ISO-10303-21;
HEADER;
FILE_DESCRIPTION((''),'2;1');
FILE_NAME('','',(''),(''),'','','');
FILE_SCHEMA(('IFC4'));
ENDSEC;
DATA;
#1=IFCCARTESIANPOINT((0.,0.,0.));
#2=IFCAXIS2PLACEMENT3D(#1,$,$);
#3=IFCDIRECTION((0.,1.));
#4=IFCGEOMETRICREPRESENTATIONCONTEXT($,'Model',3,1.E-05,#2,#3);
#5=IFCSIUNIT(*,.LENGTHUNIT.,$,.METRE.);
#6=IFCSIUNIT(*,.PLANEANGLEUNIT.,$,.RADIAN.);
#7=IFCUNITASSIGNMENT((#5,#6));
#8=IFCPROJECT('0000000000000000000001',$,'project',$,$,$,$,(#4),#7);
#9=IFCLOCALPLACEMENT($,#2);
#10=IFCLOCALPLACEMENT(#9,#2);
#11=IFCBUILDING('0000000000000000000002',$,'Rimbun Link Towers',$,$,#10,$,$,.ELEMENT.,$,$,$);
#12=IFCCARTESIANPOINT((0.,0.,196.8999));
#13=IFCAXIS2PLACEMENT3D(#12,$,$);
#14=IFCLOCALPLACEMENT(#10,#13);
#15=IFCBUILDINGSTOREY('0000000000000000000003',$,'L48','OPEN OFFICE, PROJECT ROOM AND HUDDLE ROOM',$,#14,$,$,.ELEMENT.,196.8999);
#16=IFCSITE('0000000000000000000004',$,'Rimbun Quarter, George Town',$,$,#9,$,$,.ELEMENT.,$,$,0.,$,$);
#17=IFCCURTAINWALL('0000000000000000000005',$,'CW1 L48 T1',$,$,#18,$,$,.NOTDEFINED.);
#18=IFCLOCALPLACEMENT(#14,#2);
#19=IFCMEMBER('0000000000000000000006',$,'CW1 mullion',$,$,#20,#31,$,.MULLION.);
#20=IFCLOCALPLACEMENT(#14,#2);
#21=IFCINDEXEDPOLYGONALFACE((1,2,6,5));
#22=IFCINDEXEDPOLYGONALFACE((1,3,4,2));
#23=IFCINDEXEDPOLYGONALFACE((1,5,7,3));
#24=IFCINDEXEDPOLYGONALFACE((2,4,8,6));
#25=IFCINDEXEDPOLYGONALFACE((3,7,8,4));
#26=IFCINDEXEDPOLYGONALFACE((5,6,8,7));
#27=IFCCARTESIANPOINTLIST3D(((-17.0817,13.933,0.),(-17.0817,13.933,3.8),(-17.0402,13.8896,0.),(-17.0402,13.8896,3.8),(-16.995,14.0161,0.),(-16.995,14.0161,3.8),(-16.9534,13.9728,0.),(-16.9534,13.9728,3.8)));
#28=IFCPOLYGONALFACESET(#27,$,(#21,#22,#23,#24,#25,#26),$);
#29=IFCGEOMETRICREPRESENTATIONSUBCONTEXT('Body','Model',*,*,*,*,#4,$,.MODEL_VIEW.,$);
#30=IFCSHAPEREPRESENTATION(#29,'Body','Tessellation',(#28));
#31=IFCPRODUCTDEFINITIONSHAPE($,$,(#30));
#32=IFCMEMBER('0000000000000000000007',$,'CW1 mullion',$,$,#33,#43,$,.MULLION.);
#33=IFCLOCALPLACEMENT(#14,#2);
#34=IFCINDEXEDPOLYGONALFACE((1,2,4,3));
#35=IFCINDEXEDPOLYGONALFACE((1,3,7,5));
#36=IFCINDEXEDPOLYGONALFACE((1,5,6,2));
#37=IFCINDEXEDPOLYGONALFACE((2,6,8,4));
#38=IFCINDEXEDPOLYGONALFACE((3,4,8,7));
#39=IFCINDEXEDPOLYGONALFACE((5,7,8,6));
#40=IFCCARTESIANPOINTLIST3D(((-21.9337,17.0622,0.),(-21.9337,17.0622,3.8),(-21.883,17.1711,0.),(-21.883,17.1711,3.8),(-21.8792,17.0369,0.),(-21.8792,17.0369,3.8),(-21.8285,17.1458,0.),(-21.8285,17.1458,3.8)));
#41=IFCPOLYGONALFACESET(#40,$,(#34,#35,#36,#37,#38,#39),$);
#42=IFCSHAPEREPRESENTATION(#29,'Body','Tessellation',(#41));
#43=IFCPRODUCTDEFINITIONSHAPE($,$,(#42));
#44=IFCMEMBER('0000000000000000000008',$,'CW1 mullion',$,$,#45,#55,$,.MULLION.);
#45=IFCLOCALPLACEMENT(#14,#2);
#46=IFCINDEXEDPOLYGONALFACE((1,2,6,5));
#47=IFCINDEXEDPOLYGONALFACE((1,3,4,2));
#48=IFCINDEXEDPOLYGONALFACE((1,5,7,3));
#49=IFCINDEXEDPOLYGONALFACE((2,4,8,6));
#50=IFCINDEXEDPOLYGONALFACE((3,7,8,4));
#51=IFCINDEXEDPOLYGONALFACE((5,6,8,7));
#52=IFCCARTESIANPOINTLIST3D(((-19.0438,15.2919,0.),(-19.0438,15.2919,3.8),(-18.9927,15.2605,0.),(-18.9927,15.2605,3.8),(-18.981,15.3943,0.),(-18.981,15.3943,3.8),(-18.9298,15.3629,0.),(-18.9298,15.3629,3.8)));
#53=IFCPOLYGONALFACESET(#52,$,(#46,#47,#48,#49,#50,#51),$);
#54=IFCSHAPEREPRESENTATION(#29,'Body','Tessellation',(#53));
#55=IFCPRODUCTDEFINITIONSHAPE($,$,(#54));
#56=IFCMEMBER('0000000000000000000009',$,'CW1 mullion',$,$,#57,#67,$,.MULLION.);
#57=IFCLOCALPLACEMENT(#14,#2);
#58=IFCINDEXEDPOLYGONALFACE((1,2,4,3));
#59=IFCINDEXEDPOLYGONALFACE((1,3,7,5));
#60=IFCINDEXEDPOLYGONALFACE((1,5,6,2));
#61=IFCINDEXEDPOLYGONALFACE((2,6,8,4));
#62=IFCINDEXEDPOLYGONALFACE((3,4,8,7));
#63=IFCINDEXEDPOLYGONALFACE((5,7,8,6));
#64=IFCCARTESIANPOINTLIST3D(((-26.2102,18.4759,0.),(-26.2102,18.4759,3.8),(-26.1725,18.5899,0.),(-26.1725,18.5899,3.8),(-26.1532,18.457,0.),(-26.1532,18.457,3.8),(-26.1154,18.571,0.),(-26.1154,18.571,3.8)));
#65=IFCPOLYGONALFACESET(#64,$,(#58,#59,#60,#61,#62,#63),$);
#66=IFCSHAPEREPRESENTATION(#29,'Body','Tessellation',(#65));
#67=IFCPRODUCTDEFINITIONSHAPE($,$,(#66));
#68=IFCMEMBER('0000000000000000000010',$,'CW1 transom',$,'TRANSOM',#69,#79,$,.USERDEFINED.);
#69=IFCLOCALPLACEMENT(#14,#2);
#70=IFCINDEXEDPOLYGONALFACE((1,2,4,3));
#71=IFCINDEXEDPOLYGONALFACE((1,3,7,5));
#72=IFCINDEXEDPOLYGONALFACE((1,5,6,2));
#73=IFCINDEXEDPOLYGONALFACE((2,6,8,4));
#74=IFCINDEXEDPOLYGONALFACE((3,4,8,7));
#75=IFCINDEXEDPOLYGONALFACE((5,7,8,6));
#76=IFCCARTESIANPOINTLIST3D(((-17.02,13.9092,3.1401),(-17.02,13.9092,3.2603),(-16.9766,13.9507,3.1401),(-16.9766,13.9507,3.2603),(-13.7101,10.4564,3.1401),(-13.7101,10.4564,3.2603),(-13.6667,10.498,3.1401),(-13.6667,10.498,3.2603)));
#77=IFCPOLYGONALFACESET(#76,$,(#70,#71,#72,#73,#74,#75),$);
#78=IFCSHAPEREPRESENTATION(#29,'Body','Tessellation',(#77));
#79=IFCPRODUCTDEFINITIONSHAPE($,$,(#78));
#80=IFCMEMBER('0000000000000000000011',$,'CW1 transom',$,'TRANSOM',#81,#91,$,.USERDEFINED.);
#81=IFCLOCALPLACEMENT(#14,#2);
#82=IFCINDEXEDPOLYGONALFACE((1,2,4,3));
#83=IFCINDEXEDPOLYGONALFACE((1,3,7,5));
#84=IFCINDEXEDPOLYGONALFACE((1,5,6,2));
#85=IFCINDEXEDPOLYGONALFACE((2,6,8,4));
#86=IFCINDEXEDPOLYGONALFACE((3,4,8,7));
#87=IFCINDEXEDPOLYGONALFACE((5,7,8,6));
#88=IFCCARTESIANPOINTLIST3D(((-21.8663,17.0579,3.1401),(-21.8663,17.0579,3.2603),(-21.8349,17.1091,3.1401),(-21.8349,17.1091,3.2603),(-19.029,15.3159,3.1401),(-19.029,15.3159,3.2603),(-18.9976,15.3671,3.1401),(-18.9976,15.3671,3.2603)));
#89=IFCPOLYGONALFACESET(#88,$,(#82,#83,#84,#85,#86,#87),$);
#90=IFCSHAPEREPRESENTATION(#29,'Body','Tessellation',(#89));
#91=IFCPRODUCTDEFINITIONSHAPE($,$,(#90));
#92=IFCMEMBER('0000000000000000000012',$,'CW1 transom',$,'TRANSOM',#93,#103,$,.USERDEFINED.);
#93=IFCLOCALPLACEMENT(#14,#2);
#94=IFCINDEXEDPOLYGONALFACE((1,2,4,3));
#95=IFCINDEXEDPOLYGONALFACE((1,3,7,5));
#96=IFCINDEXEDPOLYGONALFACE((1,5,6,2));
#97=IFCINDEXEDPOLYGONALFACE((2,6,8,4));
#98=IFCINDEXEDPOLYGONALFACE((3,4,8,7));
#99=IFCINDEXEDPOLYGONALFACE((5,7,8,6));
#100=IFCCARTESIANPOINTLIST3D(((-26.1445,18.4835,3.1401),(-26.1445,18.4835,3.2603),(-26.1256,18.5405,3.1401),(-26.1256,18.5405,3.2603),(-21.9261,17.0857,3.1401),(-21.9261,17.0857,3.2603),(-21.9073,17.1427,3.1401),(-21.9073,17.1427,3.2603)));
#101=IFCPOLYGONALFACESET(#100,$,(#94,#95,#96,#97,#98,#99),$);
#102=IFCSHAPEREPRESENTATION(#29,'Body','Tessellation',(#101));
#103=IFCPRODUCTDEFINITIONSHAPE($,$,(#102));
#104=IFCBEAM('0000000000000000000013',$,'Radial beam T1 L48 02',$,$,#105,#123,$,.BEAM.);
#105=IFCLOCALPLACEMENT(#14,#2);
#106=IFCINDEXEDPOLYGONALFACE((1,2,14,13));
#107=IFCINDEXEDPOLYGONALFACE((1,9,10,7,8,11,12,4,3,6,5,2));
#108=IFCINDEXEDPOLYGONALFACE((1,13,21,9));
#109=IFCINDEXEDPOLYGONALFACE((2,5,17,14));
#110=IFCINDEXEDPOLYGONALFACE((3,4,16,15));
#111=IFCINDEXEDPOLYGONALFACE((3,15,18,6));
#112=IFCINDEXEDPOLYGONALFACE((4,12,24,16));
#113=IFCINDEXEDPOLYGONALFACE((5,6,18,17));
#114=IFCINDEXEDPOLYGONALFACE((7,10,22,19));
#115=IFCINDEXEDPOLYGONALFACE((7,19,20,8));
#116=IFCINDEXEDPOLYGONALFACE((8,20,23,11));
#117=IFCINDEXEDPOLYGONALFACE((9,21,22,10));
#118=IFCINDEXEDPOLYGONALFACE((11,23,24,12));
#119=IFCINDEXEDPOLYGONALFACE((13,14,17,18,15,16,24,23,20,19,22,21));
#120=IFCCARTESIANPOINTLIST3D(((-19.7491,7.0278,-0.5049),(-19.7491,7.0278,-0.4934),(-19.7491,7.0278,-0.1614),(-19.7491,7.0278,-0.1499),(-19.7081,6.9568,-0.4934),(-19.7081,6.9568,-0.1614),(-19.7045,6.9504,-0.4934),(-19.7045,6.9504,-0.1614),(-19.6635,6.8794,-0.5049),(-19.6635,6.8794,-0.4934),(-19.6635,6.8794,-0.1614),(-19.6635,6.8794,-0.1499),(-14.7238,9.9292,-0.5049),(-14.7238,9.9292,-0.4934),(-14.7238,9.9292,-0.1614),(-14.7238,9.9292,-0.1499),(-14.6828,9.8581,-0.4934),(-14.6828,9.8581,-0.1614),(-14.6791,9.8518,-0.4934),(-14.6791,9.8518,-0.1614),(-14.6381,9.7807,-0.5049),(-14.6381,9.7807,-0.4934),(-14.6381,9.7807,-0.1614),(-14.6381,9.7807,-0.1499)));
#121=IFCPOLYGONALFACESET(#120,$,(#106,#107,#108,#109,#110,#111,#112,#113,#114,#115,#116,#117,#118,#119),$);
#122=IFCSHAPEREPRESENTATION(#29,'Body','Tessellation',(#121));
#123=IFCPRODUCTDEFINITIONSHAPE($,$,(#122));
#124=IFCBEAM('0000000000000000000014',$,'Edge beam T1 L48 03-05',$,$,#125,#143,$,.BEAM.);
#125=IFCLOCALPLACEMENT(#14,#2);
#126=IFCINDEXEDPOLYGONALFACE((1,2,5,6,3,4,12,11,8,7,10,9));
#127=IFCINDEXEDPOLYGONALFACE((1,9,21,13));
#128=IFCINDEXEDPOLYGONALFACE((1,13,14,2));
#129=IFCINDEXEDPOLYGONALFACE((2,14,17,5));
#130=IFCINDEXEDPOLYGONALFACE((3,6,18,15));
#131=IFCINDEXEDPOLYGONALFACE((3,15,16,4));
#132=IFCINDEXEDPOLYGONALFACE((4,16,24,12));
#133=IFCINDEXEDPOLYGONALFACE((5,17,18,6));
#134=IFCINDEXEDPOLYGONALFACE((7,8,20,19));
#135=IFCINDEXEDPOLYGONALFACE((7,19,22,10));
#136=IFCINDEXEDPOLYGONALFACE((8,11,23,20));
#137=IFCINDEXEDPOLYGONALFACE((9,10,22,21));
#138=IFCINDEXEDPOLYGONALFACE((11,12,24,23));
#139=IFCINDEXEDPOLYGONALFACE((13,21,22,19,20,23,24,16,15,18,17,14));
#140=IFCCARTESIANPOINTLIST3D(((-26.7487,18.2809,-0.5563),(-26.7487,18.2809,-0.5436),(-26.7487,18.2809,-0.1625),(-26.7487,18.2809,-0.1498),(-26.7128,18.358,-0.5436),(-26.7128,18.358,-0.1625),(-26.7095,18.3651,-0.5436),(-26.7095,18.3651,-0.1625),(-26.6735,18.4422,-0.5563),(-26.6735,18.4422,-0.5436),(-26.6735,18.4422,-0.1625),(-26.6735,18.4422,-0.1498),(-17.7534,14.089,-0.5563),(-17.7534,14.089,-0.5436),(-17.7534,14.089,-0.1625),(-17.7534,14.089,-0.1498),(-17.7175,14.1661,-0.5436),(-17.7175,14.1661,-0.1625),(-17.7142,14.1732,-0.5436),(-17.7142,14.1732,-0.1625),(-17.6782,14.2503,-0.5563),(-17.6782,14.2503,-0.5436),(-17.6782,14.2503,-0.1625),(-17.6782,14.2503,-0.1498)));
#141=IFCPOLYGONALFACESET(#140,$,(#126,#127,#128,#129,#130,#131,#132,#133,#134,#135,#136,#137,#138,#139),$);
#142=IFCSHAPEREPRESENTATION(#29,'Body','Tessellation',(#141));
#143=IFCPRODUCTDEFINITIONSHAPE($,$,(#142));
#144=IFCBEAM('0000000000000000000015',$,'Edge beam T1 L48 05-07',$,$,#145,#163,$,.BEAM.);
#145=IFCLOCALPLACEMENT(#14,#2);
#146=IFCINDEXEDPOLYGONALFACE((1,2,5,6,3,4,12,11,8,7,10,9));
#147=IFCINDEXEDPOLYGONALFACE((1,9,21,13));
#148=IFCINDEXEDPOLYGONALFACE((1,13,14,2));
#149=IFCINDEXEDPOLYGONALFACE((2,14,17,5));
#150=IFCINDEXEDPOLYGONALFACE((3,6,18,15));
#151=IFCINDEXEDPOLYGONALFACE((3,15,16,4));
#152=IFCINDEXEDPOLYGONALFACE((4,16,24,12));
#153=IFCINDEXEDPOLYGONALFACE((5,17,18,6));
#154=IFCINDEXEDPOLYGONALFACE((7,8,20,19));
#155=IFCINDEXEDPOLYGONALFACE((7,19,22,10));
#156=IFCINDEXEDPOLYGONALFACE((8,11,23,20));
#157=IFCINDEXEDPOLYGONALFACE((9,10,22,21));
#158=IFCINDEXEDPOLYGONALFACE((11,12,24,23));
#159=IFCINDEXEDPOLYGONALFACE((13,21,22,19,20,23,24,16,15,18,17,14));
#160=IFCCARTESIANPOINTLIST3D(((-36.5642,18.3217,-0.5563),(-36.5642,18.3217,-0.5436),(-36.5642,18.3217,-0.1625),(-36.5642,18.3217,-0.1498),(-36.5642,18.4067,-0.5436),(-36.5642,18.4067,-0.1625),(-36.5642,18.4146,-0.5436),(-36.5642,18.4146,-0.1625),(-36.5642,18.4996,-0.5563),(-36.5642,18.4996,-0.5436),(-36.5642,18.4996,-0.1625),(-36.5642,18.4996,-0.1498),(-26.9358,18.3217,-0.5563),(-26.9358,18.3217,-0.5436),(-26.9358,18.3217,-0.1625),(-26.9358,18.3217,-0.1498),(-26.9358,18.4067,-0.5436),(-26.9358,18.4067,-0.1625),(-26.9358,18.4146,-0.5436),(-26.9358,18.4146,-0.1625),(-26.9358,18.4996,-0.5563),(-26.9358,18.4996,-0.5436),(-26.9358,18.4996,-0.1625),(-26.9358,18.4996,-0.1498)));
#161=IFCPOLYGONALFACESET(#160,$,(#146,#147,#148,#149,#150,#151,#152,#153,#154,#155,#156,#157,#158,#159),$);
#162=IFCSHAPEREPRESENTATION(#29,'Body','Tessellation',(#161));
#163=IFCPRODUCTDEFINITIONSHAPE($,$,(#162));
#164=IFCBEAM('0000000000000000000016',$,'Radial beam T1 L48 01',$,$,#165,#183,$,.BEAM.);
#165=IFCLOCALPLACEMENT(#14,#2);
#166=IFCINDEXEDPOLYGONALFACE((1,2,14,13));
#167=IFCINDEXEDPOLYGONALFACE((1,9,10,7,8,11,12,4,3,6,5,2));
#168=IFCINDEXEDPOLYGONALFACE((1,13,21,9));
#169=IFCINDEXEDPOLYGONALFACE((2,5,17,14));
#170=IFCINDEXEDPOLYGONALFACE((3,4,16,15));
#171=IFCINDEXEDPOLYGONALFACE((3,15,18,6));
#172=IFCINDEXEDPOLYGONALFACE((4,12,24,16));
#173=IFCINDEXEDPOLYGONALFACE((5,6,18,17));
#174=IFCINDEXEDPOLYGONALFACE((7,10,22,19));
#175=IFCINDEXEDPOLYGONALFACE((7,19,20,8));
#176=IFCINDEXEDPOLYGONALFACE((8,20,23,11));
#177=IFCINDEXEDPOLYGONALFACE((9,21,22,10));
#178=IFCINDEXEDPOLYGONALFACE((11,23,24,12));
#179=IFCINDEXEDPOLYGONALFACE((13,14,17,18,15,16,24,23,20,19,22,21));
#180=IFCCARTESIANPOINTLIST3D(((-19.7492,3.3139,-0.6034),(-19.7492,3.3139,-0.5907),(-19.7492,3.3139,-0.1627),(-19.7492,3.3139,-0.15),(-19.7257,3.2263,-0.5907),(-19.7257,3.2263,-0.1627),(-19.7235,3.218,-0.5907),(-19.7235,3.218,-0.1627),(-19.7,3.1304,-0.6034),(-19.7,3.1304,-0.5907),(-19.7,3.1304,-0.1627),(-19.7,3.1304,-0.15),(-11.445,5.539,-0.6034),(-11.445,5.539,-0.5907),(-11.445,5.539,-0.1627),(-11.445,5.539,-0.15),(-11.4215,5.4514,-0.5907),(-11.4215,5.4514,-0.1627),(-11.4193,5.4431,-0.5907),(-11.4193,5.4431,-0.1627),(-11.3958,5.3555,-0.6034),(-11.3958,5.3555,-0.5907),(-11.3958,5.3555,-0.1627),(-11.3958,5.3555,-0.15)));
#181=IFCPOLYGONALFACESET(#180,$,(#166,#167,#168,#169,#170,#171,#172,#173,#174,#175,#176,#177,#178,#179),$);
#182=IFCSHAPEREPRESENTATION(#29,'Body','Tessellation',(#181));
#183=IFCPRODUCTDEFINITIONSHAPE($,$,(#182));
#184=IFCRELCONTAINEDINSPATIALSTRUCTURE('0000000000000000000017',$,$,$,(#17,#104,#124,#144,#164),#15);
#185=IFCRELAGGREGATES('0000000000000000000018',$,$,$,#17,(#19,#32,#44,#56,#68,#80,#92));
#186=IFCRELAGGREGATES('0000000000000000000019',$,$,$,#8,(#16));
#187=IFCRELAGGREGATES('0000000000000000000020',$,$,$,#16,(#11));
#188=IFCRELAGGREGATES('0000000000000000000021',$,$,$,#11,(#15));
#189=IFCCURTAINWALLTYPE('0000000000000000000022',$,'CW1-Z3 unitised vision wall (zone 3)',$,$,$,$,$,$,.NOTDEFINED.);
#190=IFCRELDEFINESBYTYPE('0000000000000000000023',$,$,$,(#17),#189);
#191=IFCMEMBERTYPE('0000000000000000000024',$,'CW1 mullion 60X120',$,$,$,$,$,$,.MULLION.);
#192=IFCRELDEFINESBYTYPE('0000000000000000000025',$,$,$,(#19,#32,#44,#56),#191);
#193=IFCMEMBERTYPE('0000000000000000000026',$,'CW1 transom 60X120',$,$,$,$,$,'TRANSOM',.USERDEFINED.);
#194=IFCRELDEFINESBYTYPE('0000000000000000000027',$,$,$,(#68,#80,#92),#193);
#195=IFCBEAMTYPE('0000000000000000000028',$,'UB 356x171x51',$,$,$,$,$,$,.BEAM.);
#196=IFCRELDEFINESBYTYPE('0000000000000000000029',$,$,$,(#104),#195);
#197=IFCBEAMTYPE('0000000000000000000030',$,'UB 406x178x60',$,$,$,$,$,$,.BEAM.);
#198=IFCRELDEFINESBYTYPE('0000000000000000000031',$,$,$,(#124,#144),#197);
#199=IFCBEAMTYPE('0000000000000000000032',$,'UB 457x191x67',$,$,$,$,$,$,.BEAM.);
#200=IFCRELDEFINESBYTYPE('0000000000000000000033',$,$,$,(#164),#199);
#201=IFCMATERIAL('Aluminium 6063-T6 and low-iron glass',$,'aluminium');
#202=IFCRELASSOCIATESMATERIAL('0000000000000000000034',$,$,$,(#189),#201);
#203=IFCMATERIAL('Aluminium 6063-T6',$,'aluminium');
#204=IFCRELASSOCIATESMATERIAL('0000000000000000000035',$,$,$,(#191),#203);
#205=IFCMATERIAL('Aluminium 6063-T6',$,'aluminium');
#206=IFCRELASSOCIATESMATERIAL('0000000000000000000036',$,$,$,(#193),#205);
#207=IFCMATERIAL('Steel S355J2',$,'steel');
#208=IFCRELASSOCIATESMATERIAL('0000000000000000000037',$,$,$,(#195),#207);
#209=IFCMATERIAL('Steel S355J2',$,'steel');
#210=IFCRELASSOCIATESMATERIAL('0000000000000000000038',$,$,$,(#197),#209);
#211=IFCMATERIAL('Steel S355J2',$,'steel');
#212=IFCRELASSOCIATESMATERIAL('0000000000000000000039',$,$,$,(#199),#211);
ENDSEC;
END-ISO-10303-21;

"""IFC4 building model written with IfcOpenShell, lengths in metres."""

from ifc_helpers import new_model, si_unit, direction, frame, origin, origin_2d, place, context, subcontext, project, spatial, rectangle, i_section, extrude, material, material_profile, profile_set, type_object, element, aggregate, save


model = new_model("IFC4")

# Units and contexts
model_context = context("Model", 3, precision=1e-05, world=origin(), true_north=direction((0.0, 1.0)))
body_context = subcontext(model_context, "Body", "Model", "MODEL_VIEW")
ifc_project = project(units=[si_unit("LENGTHUNIT", "METRE"), si_unit("PLANEANGLEUNIT", "RADIAN")], contexts=[model_context])

# Site, building, storey
site_placement = place(None, origin())
site = spatial("IfcSite", under=ifc_project, at=site_placement, Name="Rimbun Quarter, George Town", CompositionType="ELEMENT", RefElevation=0.0)
building_placement = place(site_placement, origin())
building = spatial("IfcBuilding", under=site, at=building_placement, Name="Rimbun Link Towers", CompositionType="ELEMENT")
storey_placement = place(building_placement, frame((0.0, 0.0, 196.8999)))
storey = spatial("IfcBuildingStorey", under=building, at=storey_placement, Name="L48", Description="OPEN OFFICE, PROJECT ROOM AND HUDDLE ROOM", CompositionType="ELEMENT", Elevation=196.8999)

# Curtain wall, members
ifc_material_1 = material(Name="Aluminium 6063-T6 and low-iron glass", Category="aluminium")
curtain_wall_type = type_object("IfcCurtainWallType", Name="CW1-Z3 unitised vision wall (zone 3)", PredefinedType="NOTDEFINED", material=ifc_material_1)
curtain_wall_placement = place(storey_placement, origin())
curtain_wall = element("IfcCurtainWall", 1, at=curtain_wall_placement, inside=storey, type_object=curtain_wall_type, Name="CW1 L48 T1", PredefinedType="NOTDEFINED")
ifc_material_2 = material(Name="Aluminium 6063-T6", Category="aluminium")
ifc_material_profile_1 = material_profile(ifc_material_2, rectangle(XDim=0.1201, YDim=0.0601, at=origin_2d()), Name="MULLION 60X120")
ifc_profile_set_1 = profile_set([ifc_material_profile_1], Name="Aluminium 6063-T6")
member_type_1 = type_object("IfcMemberType", Name="CW1 mullion 60X120", PredefinedType="MULLION", material=ifc_profile_set_1)
member_1_placement = place(storey_placement, frame((-17.0176, 13.9529, 0.0), z_axis=(0.0, 0.0, 1.0), x_axis=(0.721859, 0.692041, 0.0)))
member_1 = element("IfcMember", 2, at=member_1_placement, type_object=member_type_1, Name="CW1 mullion", PredefinedType="MULLION", context=body_context, shape_type="SweptSolid", body=[
    extrude(rectangle(XDim=0.1201, YDim=0.0601, at=origin_2d()), origin(), (0.0, 0.0, 1.0), 3.8),
])
member_2_placement = place(storey_placement, frame((-21.8811, 17.104, 0.0), z_axis=(0.0, 0.0, 1.0), x_axis=(0.421695, 0.906738, 0.0)))
member_2 = element("IfcMember", 3, at=member_2_placement, type_object=member_type_1, Name="CW1 mullion", PredefinedType="MULLION", context=body_context, shape_type="SweptSolid", body=[
    extrude(rectangle(XDim=0.1201, YDim=0.0601, at=origin_2d()), origin(), (0.0, 0.0, 1.0), 3.8),
])
member_3_placement = place(storey_placement, frame((-18.9868, 15.3274, 0.0), z_axis=(0.0, 0.0, 1.0), x_axis=(0.523229, 0.852192, 0.0)))
member_3 = element("IfcMember", 4, at=member_3_placement, type_object=member_type_1, Name="CW1 mullion", PredefinedType="MULLION", context=body_context, shape_type="SweptSolid", body=[
    extrude(rectangle(XDim=0.1201, YDim=0.0601, at=origin_2d()), origin(), (0.0, 0.0, 1.0), 3.8),
])
member_4_placement = place(storey_placement, frame((-26.1628, 18.5234, 0.0), z_axis=(0.0, 0.0, 1.0), x_axis=(0.314558, 0.949238, 0.0)))
member_4 = element("IfcMember", 5, at=member_4_placement, type_object=member_type_1, Name="CW1 mullion", PredefinedType="MULLION", context=body_context, shape_type="SweptSolid", body=[
    extrude(rectangle(XDim=0.1201, YDim=0.0601, at=origin_2d()), origin(), (0.0, 0.0, 1.0), 3.8),
])
ifc_material_3 = material(Name="Aluminium 6063-T6", Category="aluminium")
ifc_material_profile_2 = material_profile(ifc_material_3, rectangle(XDim=0.0601, YDim=0.1201, at=origin_2d()), Name="TRANSOM 60X120")
ifc_profile_set_2 = profile_set([ifc_material_profile_2], Name="Aluminium 6063-T6")
member_type_2 = type_object("IfcMemberType", Name="CW1 transom 60X120", ElementType="TRANSOM", PredefinedType="USERDEFINED", material=ifc_profile_set_2)
member_5_placement = place(storey_placement, frame((-16.9983, 13.9299, 3.2002), z_axis=(0.692018, -0.72188, 0.0), x_axis=(0.72188, 0.692018, 0.0)))
member_5 = element("IfcMember", 6, at=member_5_placement, type_object=member_type_2, Name="CW1 transom", ObjectType="TRANSOM", PredefinedType="USERDEFINED", context=body_context, shape_type="SweptSolid", body=[
    extrude(rectangle(XDim=0.0601, YDim=0.1201, at=origin_2d()), origin(), (0.0, 0.0, 1.0), 4.783),
])
member_6_placement = place(storey_placement, frame((-21.8506, 17.0835, 3.2002), z_axis=(0.852194, -0.523226, 0.0), x_axis=(0.523226, 0.852194, 0.0)))
member_6 = element("IfcMember", 7, at=member_6_placement, type_object=member_type_2, Name="CW1 transom", ObjectType="TRANSOM", PredefinedType="USERDEFINED", context=body_context, shape_type="SweptSolid", body=[
    extrude(rectangle(XDim=0.0601, YDim=0.1201, at=origin_2d()), origin(), (0.0, 0.0, 1.0), 3.3293),
])
member_7_placement = place(storey_placement, frame((-26.135, 18.512, 3.2002), z_axis=(0.949248, -0.31453, 0.0), x_axis=(0.31453, 0.949248, 0.0)))
member_7 = element("IfcMember", 8, at=member_7_placement, type_object=member_type_2, Name="CW1 transom", ObjectType="TRANSOM", PredefinedType="USERDEFINED", context=body_context, shape_type="SweptSolid", body=[
    extrude(rectangle(XDim=0.0601, YDim=0.1201, at=origin_2d()), origin(), (0.0, 0.0, 1.0), 4.4438),
])

# Beams
ifc_material_4 = material(Name="Steel S355J2", Category="steel")
ifc_material_profile_3 = material_profile(ifc_material_4, i_section(OverallWidth=0.1714, OverallDepth=0.355, WebThickness=0.0073, FlangeThickness=0.0115, at=origin_2d()), Name="UB 356x171x51")
ifc_profile_set_3 = profile_set([ifc_material_profile_3], Name="Steel S355J2")
beam_type_1 = type_object("IfcBeamType", Name="UB 356x171x51", PredefinedType="BEAM", material=ifc_profile_set_3)
beam_1_placement = place(storey_placement, frame((-19.7063, 6.9536, -0.3274), z_axis=(0.866029, 0.499994, 0.0), x_axis=(-0.499994, 0.866029, 0.0)))
element("IfcBeam", 9, at=beam_1_placement, inside=storey, type_object=beam_type_1, Name="Radial beam T1 L48 02", PredefinedType="BEAM", context=body_context, shape_type="SweptSolid", body=[
    extrude(i_section(OverallWidth=0.1714, OverallDepth=0.355, WebThickness=0.0073, FlangeThickness=0.0115, at=origin_2d()), origin(), (0.0, 0.0, 1.0), 5.8027),
])
ifc_material_5 = material(Name="Steel S355J2", Category="steel")
ifc_material_profile_4 = material_profile(ifc_material_5, i_section(OverallWidth=0.178, OverallDepth=0.4065, WebThickness=0.0078, FlangeThickness=0.0127, at=origin_2d()), Name="UB 406x178x60")
ifc_profile_set_4 = profile_set([ifc_material_profile_4], Name="Steel S355J2")
beam_type_2 = type_object("IfcBeamType", Name="UB 406x178x60", PredefinedType="BEAM", material=ifc_profile_set_4)
beam_2_placement = place(storey_placement, frame((-17.7158, 14.1697, -0.353), z_axis=(-0.906412, 0.422394, 0.0), x_axis=(-0.422394, -0.906412, 0.0)))
element("IfcBeam", 10, at=beam_2_placement, inside=storey, type_object=beam_type_2, Name="Edge beam T1 L48 03-05", PredefinedType="BEAM", context=body_context, shape_type="SweptSolid", body=[
    extrude(i_section(OverallWidth=0.178, OverallDepth=0.4065, WebThickness=0.0078, FlangeThickness=0.0127, at=origin_2d()), origin(), (0.0, 0.0, 1.0), 9.9241),
])
beam_3_placement = place(storey_placement, frame((-26.9358, 18.4106, -0.353), z_axis=(-1.0, 0.0, 0.0), x_axis=(0.0, -1.0, 0.0)))
element("IfcBeam", 11, at=beam_3_placement, inside=storey, type_object=beam_type_2, Name="Edge beam T1 L48 05-07", PredefinedType="BEAM", context=body_context, shape_type="SweptSolid", body=[
    extrude(i_section(OverallWidth=0.178, OverallDepth=0.4065, WebThickness=0.0078, FlangeThickness=0.0127, at=origin_2d()), origin(), (0.0, 0.0, 1.0), 9.6284),
])
ifc_material_6 = material(Name="Steel S355J2", Category="steel")
ifc_material_profile_5 = material_profile(ifc_material_6, i_section(OverallWidth=0.1899, OverallDepth=0.4534, WebThickness=0.0085, FlangeThickness=0.0127, at=origin_2d()), Name="UB 457x191x67")
ifc_profile_set_5 = profile_set([ifc_material_profile_5], Name="Steel S355J2")
beam_type_3 = type_object("IfcBeamType", Name="UB 457x191x67", PredefinedType="BEAM", material=ifc_profile_set_5)
beam_4_placement = place(storey_placement, frame((-19.7246, 3.2222, -0.3767), z_axis=(0.965926, 0.258818, 0.0), x_axis=(-0.258818, 0.965926, 0.0)))
element("IfcBeam", 12, at=beam_4_placement, inside=storey, type_object=beam_type_3, Name="Radial beam T1 L48 01", PredefinedType="BEAM", context=body_context, shape_type="SweptSolid", body=[
    extrude(i_section(OverallWidth=0.1899, OverallDepth=0.4534, WebThickness=0.0085, FlangeThickness=0.0127, at=origin_2d()), origin(), (0.0, 0.0, 1.0), 8.5972),
])

aggregate(curtain_wall, [member_1, member_2, member_3, member_4, member_5, member_6, member_7])

save(model, "model.ifc")
